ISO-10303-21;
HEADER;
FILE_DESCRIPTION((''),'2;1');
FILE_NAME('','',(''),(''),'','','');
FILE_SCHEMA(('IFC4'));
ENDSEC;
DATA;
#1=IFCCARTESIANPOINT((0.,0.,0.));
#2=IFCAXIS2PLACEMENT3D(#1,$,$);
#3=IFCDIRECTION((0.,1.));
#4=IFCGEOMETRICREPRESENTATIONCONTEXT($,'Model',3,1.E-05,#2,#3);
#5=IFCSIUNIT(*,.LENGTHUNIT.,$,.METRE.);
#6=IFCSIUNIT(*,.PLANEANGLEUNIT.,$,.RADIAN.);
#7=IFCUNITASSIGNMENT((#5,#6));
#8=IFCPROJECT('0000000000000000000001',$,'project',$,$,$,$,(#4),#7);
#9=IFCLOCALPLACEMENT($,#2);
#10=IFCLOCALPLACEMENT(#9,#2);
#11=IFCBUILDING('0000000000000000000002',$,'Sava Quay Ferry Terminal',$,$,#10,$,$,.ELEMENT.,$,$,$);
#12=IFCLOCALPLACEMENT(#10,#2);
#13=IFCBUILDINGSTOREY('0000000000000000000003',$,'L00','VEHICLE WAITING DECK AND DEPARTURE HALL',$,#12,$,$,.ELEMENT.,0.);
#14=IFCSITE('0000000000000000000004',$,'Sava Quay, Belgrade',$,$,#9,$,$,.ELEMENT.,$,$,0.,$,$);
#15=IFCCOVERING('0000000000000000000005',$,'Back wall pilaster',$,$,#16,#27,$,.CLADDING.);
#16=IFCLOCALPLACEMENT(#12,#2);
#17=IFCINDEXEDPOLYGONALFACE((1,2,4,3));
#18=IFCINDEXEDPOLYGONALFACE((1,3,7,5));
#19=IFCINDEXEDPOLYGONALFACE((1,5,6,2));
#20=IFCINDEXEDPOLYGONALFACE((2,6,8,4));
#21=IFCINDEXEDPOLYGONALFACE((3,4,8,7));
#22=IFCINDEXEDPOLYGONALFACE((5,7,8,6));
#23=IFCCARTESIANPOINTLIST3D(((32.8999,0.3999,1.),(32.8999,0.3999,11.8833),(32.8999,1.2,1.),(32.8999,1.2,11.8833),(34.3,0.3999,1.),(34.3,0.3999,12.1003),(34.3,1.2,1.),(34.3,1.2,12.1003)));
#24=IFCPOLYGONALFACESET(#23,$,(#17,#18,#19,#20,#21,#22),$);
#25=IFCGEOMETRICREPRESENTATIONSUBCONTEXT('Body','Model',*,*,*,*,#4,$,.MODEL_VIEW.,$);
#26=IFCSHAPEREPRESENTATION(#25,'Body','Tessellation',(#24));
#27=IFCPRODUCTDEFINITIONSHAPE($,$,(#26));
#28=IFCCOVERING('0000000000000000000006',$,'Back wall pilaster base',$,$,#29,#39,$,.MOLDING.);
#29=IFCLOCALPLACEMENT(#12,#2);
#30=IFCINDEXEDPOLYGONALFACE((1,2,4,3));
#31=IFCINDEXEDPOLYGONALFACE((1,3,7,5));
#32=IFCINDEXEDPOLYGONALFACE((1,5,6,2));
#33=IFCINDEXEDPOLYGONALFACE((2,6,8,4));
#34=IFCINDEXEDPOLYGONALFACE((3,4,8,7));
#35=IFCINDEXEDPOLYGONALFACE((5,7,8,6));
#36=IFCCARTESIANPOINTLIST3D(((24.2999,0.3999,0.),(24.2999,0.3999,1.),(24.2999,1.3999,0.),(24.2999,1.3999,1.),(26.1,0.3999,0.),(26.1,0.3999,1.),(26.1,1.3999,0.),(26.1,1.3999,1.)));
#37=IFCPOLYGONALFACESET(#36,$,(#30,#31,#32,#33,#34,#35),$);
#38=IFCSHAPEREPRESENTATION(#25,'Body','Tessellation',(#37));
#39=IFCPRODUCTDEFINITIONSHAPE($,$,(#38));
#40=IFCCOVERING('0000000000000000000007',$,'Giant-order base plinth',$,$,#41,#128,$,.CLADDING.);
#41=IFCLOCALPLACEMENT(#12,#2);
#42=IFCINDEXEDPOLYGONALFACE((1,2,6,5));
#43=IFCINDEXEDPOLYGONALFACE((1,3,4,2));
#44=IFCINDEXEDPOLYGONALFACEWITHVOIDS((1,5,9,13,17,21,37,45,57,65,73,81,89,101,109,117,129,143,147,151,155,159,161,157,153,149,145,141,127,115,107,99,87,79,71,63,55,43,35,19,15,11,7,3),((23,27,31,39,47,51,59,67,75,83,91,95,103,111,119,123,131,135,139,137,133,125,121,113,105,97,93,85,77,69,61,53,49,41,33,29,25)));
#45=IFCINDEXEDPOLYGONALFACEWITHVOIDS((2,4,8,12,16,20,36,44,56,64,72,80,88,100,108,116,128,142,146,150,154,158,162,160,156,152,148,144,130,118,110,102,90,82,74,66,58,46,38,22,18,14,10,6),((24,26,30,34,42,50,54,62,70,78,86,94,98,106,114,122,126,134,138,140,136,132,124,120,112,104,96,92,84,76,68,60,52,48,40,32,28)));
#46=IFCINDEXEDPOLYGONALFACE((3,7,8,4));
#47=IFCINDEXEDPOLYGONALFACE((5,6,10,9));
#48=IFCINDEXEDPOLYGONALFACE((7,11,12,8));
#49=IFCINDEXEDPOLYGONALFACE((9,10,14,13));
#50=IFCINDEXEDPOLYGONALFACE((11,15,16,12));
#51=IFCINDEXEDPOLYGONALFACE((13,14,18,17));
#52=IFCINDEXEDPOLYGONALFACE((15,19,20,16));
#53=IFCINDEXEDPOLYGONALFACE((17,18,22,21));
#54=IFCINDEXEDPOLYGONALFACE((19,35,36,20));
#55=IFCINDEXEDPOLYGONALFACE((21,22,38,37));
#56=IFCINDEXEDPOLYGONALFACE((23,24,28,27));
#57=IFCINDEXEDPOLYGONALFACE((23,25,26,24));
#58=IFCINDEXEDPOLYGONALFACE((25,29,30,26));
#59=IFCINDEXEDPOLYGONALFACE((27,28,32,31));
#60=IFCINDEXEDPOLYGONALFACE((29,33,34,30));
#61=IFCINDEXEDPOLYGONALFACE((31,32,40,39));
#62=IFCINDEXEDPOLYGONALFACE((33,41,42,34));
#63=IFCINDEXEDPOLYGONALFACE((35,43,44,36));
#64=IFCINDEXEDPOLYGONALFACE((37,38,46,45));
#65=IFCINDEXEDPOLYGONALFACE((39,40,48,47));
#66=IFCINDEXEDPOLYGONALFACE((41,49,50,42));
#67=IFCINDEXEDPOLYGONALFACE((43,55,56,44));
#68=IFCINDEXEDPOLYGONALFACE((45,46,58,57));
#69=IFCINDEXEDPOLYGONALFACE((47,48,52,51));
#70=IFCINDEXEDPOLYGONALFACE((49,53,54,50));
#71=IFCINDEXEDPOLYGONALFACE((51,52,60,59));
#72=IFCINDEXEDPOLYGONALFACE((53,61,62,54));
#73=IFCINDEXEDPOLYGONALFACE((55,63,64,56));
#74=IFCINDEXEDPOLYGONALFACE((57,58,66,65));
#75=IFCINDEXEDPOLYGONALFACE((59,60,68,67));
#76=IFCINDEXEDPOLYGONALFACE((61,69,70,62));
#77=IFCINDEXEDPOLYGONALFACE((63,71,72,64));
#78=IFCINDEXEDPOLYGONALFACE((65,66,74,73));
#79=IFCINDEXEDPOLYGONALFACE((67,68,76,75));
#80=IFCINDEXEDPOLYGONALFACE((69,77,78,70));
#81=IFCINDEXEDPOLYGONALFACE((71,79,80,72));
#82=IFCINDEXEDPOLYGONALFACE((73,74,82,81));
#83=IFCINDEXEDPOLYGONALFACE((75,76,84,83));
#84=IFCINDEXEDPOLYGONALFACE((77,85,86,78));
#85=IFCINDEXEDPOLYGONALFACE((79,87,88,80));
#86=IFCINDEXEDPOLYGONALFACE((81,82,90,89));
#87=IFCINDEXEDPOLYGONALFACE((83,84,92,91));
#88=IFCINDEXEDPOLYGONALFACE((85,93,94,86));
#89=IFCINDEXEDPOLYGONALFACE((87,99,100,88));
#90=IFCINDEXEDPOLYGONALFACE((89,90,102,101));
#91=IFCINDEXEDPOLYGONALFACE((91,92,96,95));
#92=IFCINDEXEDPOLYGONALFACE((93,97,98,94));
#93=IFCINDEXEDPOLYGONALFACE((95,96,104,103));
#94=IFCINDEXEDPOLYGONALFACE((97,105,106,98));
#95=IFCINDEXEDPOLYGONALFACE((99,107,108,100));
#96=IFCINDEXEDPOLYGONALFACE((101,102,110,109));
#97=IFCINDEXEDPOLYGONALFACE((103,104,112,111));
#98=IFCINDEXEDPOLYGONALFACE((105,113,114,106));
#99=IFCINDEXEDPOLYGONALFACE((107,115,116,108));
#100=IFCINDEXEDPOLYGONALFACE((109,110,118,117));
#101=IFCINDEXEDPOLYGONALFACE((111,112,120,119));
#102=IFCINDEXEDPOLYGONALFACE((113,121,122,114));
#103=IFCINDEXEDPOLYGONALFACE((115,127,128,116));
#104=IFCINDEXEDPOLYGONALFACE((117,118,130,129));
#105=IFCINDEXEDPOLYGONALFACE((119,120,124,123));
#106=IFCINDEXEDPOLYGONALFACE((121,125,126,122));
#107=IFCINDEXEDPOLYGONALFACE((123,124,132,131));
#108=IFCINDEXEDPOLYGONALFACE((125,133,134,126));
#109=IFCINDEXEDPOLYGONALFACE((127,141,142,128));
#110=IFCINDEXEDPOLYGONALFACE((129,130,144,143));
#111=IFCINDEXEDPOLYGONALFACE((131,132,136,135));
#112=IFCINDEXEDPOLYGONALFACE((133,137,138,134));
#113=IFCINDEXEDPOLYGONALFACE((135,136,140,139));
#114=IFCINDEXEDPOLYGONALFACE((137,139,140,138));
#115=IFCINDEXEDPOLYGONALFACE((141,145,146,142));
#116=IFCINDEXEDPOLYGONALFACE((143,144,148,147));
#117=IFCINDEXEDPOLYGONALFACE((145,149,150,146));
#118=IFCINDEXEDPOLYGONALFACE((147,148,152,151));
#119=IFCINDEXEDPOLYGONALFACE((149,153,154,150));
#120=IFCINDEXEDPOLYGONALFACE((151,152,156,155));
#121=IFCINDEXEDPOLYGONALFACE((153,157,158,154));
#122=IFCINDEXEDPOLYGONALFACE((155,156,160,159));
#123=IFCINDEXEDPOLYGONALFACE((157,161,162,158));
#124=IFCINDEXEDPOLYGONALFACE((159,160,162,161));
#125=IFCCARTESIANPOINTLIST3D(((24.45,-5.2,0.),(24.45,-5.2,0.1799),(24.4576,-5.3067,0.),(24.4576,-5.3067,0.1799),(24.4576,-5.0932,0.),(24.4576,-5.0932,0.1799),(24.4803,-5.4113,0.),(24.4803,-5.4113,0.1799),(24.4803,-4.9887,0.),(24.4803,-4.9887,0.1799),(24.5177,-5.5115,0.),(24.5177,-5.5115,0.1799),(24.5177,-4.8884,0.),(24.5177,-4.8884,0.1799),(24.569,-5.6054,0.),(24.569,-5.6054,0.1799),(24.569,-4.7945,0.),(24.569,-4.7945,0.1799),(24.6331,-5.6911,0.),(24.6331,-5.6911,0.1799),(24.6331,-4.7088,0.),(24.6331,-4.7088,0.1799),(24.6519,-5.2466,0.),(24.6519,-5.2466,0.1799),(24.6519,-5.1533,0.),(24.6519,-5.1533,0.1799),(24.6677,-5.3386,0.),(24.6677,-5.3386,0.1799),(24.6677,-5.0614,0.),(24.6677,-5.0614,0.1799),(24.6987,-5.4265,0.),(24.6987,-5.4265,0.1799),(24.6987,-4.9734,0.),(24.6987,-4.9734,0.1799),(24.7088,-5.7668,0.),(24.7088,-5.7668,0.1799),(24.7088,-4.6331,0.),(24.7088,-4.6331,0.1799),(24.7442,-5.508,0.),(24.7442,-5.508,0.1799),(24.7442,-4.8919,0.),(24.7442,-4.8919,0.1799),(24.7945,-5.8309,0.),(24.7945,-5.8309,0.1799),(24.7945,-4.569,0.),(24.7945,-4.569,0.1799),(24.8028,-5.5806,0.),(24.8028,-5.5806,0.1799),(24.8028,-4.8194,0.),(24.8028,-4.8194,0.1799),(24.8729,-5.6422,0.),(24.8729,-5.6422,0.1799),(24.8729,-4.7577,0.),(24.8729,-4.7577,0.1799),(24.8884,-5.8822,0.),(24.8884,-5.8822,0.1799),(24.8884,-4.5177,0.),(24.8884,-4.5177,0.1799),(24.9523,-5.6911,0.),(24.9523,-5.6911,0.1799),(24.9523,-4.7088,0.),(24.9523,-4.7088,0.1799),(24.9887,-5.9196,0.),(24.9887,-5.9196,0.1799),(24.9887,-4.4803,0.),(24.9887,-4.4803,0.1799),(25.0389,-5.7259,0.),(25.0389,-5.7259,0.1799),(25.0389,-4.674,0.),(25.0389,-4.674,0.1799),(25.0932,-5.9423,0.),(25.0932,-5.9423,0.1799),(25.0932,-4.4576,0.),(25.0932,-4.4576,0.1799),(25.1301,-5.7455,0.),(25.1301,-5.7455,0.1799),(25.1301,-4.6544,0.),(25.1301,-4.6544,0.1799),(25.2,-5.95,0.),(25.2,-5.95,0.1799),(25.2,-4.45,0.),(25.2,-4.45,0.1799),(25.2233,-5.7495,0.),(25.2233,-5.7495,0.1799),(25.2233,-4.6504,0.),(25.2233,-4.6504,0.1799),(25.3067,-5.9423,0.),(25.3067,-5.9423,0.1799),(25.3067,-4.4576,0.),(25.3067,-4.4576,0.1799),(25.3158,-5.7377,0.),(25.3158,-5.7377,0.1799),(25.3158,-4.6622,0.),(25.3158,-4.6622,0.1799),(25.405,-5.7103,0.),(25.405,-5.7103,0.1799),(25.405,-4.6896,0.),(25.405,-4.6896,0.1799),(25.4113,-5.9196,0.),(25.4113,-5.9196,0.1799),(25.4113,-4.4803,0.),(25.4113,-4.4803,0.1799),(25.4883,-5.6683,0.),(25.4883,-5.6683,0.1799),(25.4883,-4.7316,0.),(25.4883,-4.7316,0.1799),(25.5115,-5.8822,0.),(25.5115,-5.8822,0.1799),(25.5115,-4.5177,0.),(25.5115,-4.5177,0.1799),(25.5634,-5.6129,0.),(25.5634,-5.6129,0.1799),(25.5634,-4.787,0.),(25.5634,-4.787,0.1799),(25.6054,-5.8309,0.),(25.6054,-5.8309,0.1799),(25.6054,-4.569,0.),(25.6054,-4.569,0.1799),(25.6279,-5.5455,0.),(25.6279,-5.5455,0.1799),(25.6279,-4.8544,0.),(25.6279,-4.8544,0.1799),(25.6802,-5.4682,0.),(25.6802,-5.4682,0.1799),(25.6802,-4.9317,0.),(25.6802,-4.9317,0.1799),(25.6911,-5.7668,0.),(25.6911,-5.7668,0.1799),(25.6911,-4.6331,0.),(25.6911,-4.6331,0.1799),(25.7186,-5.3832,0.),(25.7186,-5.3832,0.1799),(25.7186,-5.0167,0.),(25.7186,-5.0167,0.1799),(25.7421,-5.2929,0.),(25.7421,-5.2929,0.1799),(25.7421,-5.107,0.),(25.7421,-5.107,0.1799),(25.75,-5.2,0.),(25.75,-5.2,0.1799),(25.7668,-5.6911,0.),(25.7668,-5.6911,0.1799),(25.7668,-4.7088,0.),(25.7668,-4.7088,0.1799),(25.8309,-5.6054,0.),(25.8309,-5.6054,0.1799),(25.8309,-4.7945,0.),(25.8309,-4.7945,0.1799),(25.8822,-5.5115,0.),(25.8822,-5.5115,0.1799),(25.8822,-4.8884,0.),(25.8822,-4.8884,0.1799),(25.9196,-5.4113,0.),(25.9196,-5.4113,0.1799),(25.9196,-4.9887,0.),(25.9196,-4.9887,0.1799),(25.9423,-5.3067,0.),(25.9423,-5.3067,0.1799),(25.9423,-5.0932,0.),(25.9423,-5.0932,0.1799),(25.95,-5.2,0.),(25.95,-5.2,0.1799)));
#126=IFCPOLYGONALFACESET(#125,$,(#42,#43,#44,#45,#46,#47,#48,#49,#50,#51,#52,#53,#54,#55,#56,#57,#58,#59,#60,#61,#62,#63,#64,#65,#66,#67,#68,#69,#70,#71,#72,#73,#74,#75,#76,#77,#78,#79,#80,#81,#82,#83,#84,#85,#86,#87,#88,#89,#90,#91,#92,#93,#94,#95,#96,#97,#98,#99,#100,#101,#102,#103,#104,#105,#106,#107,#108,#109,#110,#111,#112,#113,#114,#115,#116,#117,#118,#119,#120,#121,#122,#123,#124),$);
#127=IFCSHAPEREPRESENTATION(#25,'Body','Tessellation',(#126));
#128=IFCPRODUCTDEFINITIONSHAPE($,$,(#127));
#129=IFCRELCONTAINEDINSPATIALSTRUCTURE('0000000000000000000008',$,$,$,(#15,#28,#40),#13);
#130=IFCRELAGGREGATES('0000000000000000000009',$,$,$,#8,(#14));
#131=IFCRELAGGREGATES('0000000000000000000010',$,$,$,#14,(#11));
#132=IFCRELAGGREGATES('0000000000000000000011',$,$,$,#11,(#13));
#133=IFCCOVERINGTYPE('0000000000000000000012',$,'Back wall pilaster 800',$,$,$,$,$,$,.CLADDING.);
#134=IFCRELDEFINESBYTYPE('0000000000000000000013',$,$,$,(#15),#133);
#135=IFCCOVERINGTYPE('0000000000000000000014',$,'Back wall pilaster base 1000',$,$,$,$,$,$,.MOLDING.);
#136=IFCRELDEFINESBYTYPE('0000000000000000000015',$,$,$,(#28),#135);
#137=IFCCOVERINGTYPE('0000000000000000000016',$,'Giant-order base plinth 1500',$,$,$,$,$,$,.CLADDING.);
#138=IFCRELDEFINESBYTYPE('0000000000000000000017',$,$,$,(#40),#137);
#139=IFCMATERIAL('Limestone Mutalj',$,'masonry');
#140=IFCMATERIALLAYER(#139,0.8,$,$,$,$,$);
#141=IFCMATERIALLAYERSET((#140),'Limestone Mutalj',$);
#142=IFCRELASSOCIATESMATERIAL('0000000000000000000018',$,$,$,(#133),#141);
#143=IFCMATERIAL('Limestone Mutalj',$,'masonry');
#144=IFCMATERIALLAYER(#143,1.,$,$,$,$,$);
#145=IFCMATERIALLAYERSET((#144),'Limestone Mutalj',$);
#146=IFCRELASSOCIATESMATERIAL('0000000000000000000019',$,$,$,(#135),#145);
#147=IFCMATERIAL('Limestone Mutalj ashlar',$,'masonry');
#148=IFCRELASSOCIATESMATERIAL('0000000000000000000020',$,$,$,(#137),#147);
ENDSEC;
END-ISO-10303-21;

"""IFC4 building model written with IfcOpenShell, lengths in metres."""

from ifc_helpers import new_model, si_unit, direction, frame, origin, origin_2d, place, context, subcontext, project, spatial, polyline, rectangle, hollow_circle, outline, extrude, material, layer, layer_set, material_profile, profile_set, type_object, element, save


model = new_model("IFC4")

# Units and contexts
model_context = context("Model", 3, precision=1e-05, world=origin(), true_north=direction((0.0, 1.0)))
body_context = subcontext(model_context, "Body", "Model", "MODEL_VIEW")
ifc_project = project(units=[si_unit("LENGTHUNIT", "METRE"), si_unit("PLANEANGLEUNIT", "RADIAN")], contexts=[model_context])

# Site, building, storey
site_placement = place(None, origin())
site = spatial("IfcSite", under=ifc_project, at=site_placement, Name="Sava Quay, Belgrade", CompositionType="ELEMENT", RefElevation=0.0)
building_placement = place(site_placement, origin())
building = spatial("IfcBuilding", under=site, at=building_placement, Name="Sava Quay Ferry Terminal", CompositionType="ELEMENT")
storey_placement = place(building_placement, origin())
storey = spatial("IfcBuildingStorey", under=building, at=storey_placement, Name="L00", Description="VEHICLE WAITING DECK AND DEPARTURE HALL", CompositionType="ELEMENT", Elevation=0.0)

# Coverings
ifc_material_1 = material(Name="Limestone Mutalj", Category="masonry")
ifc_layer_1 = layer(ifc_material_1, 0.8)
ifc_layer_set_1 = layer_set([ifc_layer_1], Name="Limestone Mutalj")
covering_type_1 = type_object("IfcCoveringType", Name="Back wall pilaster 800", PredefinedType="CLADDING", material=ifc_layer_set_1)
covering_1_placement = place(storey_placement, frame((32.8999, 0.3999, 1.0), z_axis=(0.0, -1.0, 0.0), x_axis=(1.0, 0.0, 0.0)))
element("IfcCovering", 1, at=covering_1_placement, inside=storey, type_object=covering_type_1, Name="Back wall pilaster", PredefinedType="CLADDING", context=body_context, shape_type="SweptSolid", body=[
    extrude(outline(polyline([(0.0, 0.0), (1.4001, 0.0), (1.4001, 11.1003), (0.0, 10.8833), (0.0, 0.0)])), origin(), (0.0, 0.0, -1.0), 0.8),
])
ifc_material_2 = material(Name="Limestone Mutalj", Category="masonry")
ifc_layer_2 = layer(ifc_material_2, 1.0)
ifc_layer_set_2 = layer_set([ifc_layer_2], Name="Limestone Mutalj")
covering_type_2 = type_object("IfcCoveringType", Name="Back wall pilaster base 1000", PredefinedType="MOLDING", material=ifc_layer_set_2)
covering_2_placement = place(storey_placement, frame((25.2, 0.8999, 0.0), z_axis=(0.0, 0.0, 1.0), x_axis=(1.0, 0.0, 0.0)))
element("IfcCovering", 2, at=covering_2_placement, inside=storey, type_object=covering_type_2, Name="Back wall pilaster base", PredefinedType="MOLDING", context=body_context, shape_type="SweptSolid", body=[
    extrude(rectangle(XDim=1.8, YDim=1.0, at=origin_2d()), origin(), (0.0, 0.0, 1.0), 1.0),
])
ifc_material_3 = material(Name="Limestone Mutalj ashlar", Category="masonry")
ifc_material_profile_1 = material_profile(ifc_material_3, hollow_circle(Radius=0.75, WallThickness=0.2, at=origin_2d()), Name="Base plinth 1500")
ifc_profile_set_1 = profile_set([ifc_material_profile_1], Name="Limestone Mutalj ashlar")
covering_type_3 = type_object("IfcCoveringType", Name="Giant-order base plinth 1500", PredefinedType="CLADDING", material=ifc_profile_set_1)
for number, where, z_axis, x_axis, name in (
    (3, (25.2, -5.2, 0.0), (0.0, 0.0, 1.0), (1.0, 0.0, 0.0), "Giant-order base plinth"),
):
    element("IfcCovering", number, at=place(storey_placement, frame(where, z_axis=z_axis, x_axis=x_axis)), inside=storey, type_object=covering_type_3, Name=name, PredefinedType="CLADDING", context=body_context, shape_type="SweptSolid", body=[
        extrude(hollow_circle(Radius=0.75, WallThickness=0.2, at=origin_2d()), origin(), (0.0, 0.0, 1.0), 0.1799),
    ])

save(model, "model.ifc")
